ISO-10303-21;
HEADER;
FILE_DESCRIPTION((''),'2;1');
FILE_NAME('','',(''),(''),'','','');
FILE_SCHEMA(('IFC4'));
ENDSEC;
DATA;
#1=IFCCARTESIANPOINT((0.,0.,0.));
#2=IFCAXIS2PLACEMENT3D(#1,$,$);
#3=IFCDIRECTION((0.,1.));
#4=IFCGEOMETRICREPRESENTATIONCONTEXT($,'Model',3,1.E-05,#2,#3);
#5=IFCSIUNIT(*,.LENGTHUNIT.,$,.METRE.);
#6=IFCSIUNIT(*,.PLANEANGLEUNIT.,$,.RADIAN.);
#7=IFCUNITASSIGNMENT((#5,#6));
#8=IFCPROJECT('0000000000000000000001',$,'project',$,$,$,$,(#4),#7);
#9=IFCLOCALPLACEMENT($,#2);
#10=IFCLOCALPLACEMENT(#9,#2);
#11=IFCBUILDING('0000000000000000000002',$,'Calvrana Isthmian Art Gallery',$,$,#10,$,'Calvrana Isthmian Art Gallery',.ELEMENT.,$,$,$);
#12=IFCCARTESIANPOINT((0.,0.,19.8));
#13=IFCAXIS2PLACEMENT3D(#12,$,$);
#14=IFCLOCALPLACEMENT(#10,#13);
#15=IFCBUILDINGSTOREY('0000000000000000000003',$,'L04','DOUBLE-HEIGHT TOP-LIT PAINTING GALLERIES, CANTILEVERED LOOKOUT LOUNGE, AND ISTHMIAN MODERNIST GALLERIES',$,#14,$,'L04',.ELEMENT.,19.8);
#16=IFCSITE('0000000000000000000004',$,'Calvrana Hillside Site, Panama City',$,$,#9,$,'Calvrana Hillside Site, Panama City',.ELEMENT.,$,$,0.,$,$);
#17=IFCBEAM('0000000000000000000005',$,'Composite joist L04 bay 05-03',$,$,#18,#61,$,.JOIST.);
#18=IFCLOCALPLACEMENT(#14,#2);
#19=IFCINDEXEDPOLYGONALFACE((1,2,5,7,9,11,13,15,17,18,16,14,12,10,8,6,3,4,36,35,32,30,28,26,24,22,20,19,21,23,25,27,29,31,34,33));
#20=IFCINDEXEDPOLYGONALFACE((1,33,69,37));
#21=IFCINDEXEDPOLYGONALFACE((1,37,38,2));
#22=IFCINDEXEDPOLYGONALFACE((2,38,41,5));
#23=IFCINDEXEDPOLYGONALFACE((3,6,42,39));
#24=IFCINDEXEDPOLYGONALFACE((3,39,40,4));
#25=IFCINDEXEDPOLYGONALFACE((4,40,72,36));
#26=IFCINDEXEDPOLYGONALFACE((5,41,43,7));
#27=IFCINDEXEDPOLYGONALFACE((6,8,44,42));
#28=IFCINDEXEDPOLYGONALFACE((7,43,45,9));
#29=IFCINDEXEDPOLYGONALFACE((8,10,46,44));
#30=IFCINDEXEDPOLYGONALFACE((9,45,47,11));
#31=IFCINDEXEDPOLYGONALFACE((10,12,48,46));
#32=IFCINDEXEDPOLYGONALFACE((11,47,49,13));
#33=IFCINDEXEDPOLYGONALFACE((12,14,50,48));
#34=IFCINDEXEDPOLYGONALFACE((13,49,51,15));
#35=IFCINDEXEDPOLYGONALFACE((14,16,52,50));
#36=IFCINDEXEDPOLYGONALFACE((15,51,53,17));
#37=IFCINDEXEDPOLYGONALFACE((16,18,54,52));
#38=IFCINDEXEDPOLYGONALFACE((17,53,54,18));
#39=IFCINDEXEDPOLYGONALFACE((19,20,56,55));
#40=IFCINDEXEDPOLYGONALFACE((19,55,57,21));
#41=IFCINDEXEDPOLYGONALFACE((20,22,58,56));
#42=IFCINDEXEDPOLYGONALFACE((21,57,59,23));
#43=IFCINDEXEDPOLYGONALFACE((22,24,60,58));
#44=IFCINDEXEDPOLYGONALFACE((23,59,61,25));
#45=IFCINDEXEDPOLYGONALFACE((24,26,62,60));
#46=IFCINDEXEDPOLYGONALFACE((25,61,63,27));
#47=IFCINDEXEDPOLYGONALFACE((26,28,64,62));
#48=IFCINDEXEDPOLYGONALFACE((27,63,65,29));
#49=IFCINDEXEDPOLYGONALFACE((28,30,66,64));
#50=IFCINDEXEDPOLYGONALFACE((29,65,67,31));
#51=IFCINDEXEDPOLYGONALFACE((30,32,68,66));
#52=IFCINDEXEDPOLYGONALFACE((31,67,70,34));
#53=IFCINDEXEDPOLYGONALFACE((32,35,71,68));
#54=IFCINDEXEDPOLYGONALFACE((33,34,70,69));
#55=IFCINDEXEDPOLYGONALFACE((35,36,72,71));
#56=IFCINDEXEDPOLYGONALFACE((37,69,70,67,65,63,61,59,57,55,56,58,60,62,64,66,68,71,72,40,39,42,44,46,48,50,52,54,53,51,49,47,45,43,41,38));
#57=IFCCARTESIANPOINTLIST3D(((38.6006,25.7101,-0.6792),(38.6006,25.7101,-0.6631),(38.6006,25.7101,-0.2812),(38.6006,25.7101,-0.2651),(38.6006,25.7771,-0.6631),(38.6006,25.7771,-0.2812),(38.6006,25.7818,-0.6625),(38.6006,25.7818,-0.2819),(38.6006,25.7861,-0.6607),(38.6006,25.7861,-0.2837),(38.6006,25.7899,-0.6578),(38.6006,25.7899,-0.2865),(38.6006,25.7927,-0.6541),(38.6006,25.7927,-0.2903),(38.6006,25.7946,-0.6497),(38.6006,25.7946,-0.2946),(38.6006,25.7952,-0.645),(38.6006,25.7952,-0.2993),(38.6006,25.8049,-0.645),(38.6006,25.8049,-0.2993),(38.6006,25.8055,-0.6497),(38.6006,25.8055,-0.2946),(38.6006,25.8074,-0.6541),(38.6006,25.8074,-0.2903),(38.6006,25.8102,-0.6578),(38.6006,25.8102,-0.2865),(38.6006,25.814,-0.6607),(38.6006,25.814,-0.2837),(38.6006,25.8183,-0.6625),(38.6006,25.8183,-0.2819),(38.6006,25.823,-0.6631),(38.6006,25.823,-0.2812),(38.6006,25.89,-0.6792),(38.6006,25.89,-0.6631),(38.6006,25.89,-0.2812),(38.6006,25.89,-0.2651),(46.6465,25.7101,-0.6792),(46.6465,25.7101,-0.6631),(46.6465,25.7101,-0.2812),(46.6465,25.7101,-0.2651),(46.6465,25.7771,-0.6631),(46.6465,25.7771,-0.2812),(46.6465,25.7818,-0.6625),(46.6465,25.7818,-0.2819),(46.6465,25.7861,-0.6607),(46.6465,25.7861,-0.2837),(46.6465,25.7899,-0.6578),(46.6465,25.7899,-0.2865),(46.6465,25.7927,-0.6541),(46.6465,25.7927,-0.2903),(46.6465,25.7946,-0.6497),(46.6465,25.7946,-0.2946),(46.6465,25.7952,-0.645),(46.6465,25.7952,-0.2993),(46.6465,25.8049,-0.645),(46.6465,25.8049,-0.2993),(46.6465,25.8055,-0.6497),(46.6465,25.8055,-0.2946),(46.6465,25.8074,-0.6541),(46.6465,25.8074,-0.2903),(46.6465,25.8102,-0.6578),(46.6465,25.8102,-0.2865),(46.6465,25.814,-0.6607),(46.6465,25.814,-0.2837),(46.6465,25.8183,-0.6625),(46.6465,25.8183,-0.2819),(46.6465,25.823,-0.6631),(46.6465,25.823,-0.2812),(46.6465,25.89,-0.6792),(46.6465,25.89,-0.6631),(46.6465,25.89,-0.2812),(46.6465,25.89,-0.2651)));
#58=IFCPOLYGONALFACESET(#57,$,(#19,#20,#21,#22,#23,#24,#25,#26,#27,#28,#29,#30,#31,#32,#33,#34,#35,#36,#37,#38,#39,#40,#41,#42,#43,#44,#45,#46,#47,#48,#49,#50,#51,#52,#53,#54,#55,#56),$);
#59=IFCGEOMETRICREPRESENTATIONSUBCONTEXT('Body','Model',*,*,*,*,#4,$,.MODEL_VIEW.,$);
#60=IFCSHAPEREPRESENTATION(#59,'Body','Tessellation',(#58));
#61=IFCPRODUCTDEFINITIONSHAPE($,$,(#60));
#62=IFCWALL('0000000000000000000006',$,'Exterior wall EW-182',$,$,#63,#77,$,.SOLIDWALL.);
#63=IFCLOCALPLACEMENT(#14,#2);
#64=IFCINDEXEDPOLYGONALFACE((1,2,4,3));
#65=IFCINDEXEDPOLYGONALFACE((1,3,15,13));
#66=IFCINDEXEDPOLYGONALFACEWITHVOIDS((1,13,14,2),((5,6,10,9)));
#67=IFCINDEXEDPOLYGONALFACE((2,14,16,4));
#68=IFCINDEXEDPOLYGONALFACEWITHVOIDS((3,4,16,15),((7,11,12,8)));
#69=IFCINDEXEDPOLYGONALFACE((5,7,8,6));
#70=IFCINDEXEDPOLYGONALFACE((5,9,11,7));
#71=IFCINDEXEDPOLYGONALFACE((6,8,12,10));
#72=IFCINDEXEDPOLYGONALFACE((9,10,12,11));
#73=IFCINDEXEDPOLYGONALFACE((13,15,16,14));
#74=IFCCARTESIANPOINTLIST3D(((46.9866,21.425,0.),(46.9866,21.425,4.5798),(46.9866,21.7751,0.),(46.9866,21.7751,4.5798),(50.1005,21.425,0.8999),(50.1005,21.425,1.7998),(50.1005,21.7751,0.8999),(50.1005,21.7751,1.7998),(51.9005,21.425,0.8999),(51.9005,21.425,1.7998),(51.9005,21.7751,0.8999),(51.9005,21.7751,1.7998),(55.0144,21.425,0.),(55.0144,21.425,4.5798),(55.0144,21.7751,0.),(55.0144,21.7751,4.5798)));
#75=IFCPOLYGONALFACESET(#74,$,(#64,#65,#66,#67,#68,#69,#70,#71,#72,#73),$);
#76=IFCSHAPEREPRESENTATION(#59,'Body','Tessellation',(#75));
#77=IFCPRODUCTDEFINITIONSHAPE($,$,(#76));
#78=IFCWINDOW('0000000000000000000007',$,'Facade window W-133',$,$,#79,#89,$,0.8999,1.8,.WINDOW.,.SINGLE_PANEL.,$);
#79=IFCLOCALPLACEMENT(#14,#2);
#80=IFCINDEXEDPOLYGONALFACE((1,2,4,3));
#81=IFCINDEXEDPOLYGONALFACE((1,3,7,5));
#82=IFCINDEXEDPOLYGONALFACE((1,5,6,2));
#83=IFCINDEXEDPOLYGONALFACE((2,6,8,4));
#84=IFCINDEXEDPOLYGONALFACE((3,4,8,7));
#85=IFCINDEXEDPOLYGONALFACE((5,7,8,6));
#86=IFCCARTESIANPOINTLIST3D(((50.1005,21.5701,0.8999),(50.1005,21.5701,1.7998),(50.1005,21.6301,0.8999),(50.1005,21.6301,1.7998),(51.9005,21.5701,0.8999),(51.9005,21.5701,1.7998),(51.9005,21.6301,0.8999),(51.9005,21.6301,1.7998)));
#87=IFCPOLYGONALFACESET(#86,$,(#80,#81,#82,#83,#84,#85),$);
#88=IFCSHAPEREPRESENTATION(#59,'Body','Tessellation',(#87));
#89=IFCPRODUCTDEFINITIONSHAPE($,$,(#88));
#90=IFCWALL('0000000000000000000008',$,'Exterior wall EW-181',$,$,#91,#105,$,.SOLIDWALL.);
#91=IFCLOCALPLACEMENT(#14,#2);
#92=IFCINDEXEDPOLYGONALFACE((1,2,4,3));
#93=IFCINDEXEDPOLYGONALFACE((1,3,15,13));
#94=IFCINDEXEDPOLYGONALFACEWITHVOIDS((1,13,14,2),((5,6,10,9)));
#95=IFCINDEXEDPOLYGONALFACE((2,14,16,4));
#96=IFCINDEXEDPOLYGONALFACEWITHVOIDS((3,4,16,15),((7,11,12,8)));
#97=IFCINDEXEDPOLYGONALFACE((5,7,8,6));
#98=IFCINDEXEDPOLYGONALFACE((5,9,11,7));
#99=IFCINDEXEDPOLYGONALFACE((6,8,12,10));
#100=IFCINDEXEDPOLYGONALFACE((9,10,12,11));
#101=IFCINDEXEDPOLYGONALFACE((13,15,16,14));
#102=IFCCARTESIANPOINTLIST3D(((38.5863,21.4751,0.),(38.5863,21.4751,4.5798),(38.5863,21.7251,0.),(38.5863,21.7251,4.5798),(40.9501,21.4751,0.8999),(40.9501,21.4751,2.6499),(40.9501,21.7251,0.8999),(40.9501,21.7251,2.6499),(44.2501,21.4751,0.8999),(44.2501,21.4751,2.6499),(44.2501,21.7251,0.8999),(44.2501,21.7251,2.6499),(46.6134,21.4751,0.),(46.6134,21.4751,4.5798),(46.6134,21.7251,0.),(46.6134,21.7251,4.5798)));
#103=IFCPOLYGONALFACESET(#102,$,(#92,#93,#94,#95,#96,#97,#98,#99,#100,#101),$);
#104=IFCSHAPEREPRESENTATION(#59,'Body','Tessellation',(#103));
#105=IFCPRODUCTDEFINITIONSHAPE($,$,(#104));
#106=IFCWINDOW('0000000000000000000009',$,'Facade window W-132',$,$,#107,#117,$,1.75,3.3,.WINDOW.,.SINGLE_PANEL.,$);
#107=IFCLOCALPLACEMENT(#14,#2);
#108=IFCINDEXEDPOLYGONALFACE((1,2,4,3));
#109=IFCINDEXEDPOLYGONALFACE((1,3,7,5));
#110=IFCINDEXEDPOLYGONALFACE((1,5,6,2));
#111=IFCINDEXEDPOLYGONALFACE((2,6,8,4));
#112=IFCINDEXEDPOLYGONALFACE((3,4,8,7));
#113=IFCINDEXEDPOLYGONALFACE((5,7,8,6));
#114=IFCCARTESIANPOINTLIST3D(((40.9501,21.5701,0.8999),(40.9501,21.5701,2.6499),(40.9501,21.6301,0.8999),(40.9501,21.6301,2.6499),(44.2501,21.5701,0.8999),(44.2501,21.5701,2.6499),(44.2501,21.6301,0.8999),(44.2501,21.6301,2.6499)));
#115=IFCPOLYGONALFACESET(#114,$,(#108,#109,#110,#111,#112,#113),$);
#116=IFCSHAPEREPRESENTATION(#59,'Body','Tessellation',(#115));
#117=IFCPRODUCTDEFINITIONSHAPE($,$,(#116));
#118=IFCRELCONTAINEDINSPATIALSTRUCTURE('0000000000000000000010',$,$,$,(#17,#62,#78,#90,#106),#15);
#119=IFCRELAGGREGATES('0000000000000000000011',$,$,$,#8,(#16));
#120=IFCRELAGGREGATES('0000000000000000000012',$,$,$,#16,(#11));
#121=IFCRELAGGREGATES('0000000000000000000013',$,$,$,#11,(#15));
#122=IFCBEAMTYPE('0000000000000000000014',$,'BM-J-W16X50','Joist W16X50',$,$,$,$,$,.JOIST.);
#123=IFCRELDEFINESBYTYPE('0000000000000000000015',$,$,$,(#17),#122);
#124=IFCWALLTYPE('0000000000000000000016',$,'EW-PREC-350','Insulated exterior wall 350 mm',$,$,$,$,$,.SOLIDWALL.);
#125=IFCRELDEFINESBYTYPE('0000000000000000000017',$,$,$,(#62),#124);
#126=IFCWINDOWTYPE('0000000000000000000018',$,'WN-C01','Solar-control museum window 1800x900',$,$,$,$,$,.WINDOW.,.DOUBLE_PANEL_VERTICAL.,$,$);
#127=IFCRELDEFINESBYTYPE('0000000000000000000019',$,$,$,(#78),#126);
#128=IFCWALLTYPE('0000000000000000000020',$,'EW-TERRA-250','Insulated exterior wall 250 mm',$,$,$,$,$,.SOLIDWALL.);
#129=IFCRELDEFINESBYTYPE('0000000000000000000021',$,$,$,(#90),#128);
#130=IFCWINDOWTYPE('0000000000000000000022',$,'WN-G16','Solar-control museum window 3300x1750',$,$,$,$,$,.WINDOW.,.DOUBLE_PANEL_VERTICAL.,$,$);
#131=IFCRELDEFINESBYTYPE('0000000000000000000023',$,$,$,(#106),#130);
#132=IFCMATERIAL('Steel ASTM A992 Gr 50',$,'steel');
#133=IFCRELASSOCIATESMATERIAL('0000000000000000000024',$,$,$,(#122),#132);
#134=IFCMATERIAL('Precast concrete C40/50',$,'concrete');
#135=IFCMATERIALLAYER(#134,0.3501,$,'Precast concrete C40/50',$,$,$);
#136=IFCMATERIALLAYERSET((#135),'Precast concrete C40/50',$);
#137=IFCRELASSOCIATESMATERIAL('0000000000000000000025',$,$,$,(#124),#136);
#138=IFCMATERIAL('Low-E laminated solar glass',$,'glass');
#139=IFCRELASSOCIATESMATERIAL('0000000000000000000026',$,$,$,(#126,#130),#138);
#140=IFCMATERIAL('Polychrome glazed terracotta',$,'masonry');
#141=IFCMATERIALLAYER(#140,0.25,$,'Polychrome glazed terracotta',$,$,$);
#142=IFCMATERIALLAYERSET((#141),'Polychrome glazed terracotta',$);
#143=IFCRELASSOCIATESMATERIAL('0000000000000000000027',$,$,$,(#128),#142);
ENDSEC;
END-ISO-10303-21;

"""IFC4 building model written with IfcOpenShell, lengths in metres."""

from ifc_helpers import new_model, si_unit, direction, frame, frame_2d, origin, origin_2d, place, context, subcontext, project, spatial, rectangle, i_section, extrude, material, layer, layer_set, material_profile, profile_set, type_object, element, fill, save


model = new_model("IFC4")

# Units and contexts
model_context = context("Model", 3, precision=1e-05, world=origin(), true_north=direction((0.0, 1.0)))
body_context = subcontext(model_context, "Body", "Model", "MODEL_VIEW")
ifc_project = project(units=[si_unit("LENGTHUNIT", "METRE"), si_unit("PLANEANGLEUNIT", "RADIAN")], contexts=[model_context])

# Site, building, storey
site_placement = place(None, origin())
site = spatial("IfcSite", under=ifc_project, at=site_placement, Name="Calvrana Hillside Site, Panama City", LongName="Calvrana Hillside Site, Panama City", CompositionType="ELEMENT", RefElevation=0.0)
building_placement = place(site_placement, origin())
building = spatial("IfcBuilding", under=site, at=building_placement, Name="Calvrana Isthmian Art Gallery", LongName="Calvrana Isthmian Art Gallery", CompositionType="ELEMENT")
storey_placement = place(building_placement, frame((0.0, 0.0, 19.8)))
storey = spatial("IfcBuildingStorey", under=building, at=storey_placement, Name="L04", Description="DOUBLE-HEIGHT TOP-LIT PAINTING GALLERIES, CANTILEVERED LOOKOUT LOUNGE, AND ISTHMIAN MODERNIST GALLERIES", LongName="L04", CompositionType="ELEMENT", Elevation=19.8)

# Shared definitions
ifc_material_1 = material(Name="Steel ASTM A992 Gr 50", Category="steel")

# Beam
ifc_material_profile_1 = material_profile(ifc_material_1, i_section(OverallWidth=0.1799, OverallDepth=0.4141, WebThickness=0.0098, FlangeThickness=0.0161, FilletRadius=0.0181, at=origin_2d()), Name="W16X50")
ifc_profile_set_1 = profile_set([ifc_material_profile_1], Name="Steel ASTM A992 Gr 50")
beam_type_1 = type_object("IfcBeamType", Name="BM-J-W16X50", Description="Joist W16X50", PredefinedType="JOIST", material=ifc_profile_set_1)
beam_1_placement = place(storey_placement, frame((38.6006, 25.8, -0.4722), z_axis=(1.0, 0.0, 0.0), x_axis=(0.0, 1.0, 0.0)))
element("IfcBeam", 1, at=beam_1_placement, inside=storey, type_object=beam_type_1, Name="Composite joist L04 bay 05-03", PredefinedType="JOIST", context=body_context, shape_type="SweptSolid", body=[
    extrude(i_section(OverallWidth=0.1799, OverallDepth=0.4141, WebThickness=0.0098, FlangeThickness=0.0161, FilletRadius=0.0181, at=origin_2d()), origin(), (0.0, 0.0, 1.0), 8.0459),
])

# Walls, openings, windows
ifc_material_2 = material(Name="Precast concrete C40/50", Category="concrete")
ifc_layer_1 = layer(ifc_material_2, 0.3501, Name="Precast concrete C40/50")
ifc_layer_set_1 = layer_set([ifc_layer_1], Name="Precast concrete C40/50")
wall_type_1 = type_object("IfcWallType", Name="EW-PREC-350", Description="Insulated exterior wall 350 mm", PredefinedType="SOLIDWALL", material=ifc_layer_set_1)
wall_1_placement = place(storey_placement, frame((55.0144, 21.6001, 0.0), z_axis=(0.0, 0.0, 1.0), x_axis=(-1.0, 0.0, 0.0)))
wall_1 = element("IfcWall", 2, at=wall_1_placement, inside=storey, type_object=wall_type_1, Name="Exterior wall EW-182", PredefinedType="SOLIDWALL", context=body_context, shape_type="SweptSolid", body=[
    extrude(rectangle(XDim=8.0278, YDim=0.3501, at=frame_2d((4.0139, 0.0))), origin(), (0.0, 0.0, 1.0), 4.5798),
])
opening_1_placement = place(wall_1_placement, frame((3.114, 0.0, 0.8999)))
opening_1 = element("IfcOpeningElement", 3, at=opening_1_placement, cuts=wall_1, PredefinedType="OPENING", context=body_context, shape_type="SweptSolid", body=[
    extrude(rectangle(XDim=1.8, YDim=0.8999, at=frame_2d((0.8999, 0.45))), frame((0.0, 0.1853, 0.0), z_axis=(0.0, -1.0, 0.0), x_axis=(1.0, 0.0, 0.0)), (0.0, 0.0, 1.0), 0.3706),
])
ifc_material_3 = material(Name="Low-E laminated solar glass", Category="glass")
window_type_1 = type_object("IfcWindowType", Name="WN-C01", Description="Solar-control museum window 1800x900", PartitioningType="DOUBLE_PANEL_VERTICAL", PredefinedType="WINDOW", material=ifc_material_3)
window_1_placement = place(opening_1_placement, origin())
window_1 = element("IfcWindow", 4, at=window_1_placement, inside=storey, type_object=window_type_1, Name="Facade window W-133", OverallHeight=0.8999, OverallWidth=1.8, PartitioningType="SINGLE_PANEL", PredefinedType="WINDOW", context=body_context, shape_type="SweptSolid", body=[
    extrude(rectangle(XDim=1.8, YDim=0.8999, at=frame_2d((0.8999, 0.45))), frame((0.0, 0.03, 0.0), z_axis=(0.0, -1.0, 0.0), x_axis=(1.0, 0.0, 0.0)), (0.0, 0.0, 1.0), 0.0601),
])
fill(opening_1, window_1)
ifc_material_4 = material(Name="Polychrome glazed terracotta", Category="masonry")
ifc_layer_2 = layer(ifc_material_4, 0.25, Name="Polychrome glazed terracotta")
ifc_layer_set_2 = layer_set([ifc_layer_2], Name="Polychrome glazed terracotta")
wall_type_2 = type_object("IfcWallType", Name="EW-TERRA-250", Description="Insulated exterior wall 250 mm", PredefinedType="SOLIDWALL", material=ifc_layer_set_2)
wall_2_placement = place(storey_placement, frame((46.6135, 21.6001, 0.0), z_axis=(0.0, 0.0, 1.0), x_axis=(-1.0, 0.0, 0.0)))
wall_2 = element("IfcWall", 5, at=wall_2_placement, inside=storey, type_object=wall_type_2, Name="Exterior wall EW-181", PredefinedType="SOLIDWALL", context=body_context, shape_type="SweptSolid", body=[
    extrude(rectangle(XDim=8.0271, YDim=0.25, at=frame_2d((4.0137, 0.0))), origin(), (0.0, 0.0, 1.0), 4.5798),
])
opening_2_placement = place(wall_2_placement, frame((2.3635, 0.0, 0.8999)))
opening_2 = element("IfcOpeningElement", 6, at=opening_2_placement, cuts=wall_2, PredefinedType="OPENING", context=body_context, shape_type="SweptSolid", body=[
    extrude(rectangle(XDim=3.3, YDim=1.75, at=frame_2d((1.6499, 0.875))), frame((0.0, 0.1353, 0.0), z_axis=(0.0, -1.0, 0.0), x_axis=(1.0, 0.0, 0.0)), (0.0, 0.0, 1.0), 0.2705),
])
window_type_2 = type_object("IfcWindowType", Name="WN-G16", Description="Solar-control museum window 3300x1750", PartitioningType="DOUBLE_PANEL_VERTICAL", PredefinedType="WINDOW", material=ifc_material_3)
window_2_placement = place(opening_2_placement, origin())
window_2 = element("IfcWindow", 7, at=window_2_placement, inside=storey, type_object=window_type_2, Name="Facade window W-132", OverallHeight=1.75, OverallWidth=3.3, PartitioningType="SINGLE_PANEL", PredefinedType="WINDOW", context=body_context, shape_type="SweptSolid", body=[
    extrude(rectangle(XDim=3.3, YDim=1.75, at=frame_2d((1.6499, 0.875))), frame((0.0, 0.03, 0.0), z_axis=(0.0, -1.0, 0.0), x_axis=(1.0, 0.0, 0.0)), (0.0, 0.0, 1.0), 0.0601),
])
fill(opening_2, window_2)

save(model, "model.ifc")
